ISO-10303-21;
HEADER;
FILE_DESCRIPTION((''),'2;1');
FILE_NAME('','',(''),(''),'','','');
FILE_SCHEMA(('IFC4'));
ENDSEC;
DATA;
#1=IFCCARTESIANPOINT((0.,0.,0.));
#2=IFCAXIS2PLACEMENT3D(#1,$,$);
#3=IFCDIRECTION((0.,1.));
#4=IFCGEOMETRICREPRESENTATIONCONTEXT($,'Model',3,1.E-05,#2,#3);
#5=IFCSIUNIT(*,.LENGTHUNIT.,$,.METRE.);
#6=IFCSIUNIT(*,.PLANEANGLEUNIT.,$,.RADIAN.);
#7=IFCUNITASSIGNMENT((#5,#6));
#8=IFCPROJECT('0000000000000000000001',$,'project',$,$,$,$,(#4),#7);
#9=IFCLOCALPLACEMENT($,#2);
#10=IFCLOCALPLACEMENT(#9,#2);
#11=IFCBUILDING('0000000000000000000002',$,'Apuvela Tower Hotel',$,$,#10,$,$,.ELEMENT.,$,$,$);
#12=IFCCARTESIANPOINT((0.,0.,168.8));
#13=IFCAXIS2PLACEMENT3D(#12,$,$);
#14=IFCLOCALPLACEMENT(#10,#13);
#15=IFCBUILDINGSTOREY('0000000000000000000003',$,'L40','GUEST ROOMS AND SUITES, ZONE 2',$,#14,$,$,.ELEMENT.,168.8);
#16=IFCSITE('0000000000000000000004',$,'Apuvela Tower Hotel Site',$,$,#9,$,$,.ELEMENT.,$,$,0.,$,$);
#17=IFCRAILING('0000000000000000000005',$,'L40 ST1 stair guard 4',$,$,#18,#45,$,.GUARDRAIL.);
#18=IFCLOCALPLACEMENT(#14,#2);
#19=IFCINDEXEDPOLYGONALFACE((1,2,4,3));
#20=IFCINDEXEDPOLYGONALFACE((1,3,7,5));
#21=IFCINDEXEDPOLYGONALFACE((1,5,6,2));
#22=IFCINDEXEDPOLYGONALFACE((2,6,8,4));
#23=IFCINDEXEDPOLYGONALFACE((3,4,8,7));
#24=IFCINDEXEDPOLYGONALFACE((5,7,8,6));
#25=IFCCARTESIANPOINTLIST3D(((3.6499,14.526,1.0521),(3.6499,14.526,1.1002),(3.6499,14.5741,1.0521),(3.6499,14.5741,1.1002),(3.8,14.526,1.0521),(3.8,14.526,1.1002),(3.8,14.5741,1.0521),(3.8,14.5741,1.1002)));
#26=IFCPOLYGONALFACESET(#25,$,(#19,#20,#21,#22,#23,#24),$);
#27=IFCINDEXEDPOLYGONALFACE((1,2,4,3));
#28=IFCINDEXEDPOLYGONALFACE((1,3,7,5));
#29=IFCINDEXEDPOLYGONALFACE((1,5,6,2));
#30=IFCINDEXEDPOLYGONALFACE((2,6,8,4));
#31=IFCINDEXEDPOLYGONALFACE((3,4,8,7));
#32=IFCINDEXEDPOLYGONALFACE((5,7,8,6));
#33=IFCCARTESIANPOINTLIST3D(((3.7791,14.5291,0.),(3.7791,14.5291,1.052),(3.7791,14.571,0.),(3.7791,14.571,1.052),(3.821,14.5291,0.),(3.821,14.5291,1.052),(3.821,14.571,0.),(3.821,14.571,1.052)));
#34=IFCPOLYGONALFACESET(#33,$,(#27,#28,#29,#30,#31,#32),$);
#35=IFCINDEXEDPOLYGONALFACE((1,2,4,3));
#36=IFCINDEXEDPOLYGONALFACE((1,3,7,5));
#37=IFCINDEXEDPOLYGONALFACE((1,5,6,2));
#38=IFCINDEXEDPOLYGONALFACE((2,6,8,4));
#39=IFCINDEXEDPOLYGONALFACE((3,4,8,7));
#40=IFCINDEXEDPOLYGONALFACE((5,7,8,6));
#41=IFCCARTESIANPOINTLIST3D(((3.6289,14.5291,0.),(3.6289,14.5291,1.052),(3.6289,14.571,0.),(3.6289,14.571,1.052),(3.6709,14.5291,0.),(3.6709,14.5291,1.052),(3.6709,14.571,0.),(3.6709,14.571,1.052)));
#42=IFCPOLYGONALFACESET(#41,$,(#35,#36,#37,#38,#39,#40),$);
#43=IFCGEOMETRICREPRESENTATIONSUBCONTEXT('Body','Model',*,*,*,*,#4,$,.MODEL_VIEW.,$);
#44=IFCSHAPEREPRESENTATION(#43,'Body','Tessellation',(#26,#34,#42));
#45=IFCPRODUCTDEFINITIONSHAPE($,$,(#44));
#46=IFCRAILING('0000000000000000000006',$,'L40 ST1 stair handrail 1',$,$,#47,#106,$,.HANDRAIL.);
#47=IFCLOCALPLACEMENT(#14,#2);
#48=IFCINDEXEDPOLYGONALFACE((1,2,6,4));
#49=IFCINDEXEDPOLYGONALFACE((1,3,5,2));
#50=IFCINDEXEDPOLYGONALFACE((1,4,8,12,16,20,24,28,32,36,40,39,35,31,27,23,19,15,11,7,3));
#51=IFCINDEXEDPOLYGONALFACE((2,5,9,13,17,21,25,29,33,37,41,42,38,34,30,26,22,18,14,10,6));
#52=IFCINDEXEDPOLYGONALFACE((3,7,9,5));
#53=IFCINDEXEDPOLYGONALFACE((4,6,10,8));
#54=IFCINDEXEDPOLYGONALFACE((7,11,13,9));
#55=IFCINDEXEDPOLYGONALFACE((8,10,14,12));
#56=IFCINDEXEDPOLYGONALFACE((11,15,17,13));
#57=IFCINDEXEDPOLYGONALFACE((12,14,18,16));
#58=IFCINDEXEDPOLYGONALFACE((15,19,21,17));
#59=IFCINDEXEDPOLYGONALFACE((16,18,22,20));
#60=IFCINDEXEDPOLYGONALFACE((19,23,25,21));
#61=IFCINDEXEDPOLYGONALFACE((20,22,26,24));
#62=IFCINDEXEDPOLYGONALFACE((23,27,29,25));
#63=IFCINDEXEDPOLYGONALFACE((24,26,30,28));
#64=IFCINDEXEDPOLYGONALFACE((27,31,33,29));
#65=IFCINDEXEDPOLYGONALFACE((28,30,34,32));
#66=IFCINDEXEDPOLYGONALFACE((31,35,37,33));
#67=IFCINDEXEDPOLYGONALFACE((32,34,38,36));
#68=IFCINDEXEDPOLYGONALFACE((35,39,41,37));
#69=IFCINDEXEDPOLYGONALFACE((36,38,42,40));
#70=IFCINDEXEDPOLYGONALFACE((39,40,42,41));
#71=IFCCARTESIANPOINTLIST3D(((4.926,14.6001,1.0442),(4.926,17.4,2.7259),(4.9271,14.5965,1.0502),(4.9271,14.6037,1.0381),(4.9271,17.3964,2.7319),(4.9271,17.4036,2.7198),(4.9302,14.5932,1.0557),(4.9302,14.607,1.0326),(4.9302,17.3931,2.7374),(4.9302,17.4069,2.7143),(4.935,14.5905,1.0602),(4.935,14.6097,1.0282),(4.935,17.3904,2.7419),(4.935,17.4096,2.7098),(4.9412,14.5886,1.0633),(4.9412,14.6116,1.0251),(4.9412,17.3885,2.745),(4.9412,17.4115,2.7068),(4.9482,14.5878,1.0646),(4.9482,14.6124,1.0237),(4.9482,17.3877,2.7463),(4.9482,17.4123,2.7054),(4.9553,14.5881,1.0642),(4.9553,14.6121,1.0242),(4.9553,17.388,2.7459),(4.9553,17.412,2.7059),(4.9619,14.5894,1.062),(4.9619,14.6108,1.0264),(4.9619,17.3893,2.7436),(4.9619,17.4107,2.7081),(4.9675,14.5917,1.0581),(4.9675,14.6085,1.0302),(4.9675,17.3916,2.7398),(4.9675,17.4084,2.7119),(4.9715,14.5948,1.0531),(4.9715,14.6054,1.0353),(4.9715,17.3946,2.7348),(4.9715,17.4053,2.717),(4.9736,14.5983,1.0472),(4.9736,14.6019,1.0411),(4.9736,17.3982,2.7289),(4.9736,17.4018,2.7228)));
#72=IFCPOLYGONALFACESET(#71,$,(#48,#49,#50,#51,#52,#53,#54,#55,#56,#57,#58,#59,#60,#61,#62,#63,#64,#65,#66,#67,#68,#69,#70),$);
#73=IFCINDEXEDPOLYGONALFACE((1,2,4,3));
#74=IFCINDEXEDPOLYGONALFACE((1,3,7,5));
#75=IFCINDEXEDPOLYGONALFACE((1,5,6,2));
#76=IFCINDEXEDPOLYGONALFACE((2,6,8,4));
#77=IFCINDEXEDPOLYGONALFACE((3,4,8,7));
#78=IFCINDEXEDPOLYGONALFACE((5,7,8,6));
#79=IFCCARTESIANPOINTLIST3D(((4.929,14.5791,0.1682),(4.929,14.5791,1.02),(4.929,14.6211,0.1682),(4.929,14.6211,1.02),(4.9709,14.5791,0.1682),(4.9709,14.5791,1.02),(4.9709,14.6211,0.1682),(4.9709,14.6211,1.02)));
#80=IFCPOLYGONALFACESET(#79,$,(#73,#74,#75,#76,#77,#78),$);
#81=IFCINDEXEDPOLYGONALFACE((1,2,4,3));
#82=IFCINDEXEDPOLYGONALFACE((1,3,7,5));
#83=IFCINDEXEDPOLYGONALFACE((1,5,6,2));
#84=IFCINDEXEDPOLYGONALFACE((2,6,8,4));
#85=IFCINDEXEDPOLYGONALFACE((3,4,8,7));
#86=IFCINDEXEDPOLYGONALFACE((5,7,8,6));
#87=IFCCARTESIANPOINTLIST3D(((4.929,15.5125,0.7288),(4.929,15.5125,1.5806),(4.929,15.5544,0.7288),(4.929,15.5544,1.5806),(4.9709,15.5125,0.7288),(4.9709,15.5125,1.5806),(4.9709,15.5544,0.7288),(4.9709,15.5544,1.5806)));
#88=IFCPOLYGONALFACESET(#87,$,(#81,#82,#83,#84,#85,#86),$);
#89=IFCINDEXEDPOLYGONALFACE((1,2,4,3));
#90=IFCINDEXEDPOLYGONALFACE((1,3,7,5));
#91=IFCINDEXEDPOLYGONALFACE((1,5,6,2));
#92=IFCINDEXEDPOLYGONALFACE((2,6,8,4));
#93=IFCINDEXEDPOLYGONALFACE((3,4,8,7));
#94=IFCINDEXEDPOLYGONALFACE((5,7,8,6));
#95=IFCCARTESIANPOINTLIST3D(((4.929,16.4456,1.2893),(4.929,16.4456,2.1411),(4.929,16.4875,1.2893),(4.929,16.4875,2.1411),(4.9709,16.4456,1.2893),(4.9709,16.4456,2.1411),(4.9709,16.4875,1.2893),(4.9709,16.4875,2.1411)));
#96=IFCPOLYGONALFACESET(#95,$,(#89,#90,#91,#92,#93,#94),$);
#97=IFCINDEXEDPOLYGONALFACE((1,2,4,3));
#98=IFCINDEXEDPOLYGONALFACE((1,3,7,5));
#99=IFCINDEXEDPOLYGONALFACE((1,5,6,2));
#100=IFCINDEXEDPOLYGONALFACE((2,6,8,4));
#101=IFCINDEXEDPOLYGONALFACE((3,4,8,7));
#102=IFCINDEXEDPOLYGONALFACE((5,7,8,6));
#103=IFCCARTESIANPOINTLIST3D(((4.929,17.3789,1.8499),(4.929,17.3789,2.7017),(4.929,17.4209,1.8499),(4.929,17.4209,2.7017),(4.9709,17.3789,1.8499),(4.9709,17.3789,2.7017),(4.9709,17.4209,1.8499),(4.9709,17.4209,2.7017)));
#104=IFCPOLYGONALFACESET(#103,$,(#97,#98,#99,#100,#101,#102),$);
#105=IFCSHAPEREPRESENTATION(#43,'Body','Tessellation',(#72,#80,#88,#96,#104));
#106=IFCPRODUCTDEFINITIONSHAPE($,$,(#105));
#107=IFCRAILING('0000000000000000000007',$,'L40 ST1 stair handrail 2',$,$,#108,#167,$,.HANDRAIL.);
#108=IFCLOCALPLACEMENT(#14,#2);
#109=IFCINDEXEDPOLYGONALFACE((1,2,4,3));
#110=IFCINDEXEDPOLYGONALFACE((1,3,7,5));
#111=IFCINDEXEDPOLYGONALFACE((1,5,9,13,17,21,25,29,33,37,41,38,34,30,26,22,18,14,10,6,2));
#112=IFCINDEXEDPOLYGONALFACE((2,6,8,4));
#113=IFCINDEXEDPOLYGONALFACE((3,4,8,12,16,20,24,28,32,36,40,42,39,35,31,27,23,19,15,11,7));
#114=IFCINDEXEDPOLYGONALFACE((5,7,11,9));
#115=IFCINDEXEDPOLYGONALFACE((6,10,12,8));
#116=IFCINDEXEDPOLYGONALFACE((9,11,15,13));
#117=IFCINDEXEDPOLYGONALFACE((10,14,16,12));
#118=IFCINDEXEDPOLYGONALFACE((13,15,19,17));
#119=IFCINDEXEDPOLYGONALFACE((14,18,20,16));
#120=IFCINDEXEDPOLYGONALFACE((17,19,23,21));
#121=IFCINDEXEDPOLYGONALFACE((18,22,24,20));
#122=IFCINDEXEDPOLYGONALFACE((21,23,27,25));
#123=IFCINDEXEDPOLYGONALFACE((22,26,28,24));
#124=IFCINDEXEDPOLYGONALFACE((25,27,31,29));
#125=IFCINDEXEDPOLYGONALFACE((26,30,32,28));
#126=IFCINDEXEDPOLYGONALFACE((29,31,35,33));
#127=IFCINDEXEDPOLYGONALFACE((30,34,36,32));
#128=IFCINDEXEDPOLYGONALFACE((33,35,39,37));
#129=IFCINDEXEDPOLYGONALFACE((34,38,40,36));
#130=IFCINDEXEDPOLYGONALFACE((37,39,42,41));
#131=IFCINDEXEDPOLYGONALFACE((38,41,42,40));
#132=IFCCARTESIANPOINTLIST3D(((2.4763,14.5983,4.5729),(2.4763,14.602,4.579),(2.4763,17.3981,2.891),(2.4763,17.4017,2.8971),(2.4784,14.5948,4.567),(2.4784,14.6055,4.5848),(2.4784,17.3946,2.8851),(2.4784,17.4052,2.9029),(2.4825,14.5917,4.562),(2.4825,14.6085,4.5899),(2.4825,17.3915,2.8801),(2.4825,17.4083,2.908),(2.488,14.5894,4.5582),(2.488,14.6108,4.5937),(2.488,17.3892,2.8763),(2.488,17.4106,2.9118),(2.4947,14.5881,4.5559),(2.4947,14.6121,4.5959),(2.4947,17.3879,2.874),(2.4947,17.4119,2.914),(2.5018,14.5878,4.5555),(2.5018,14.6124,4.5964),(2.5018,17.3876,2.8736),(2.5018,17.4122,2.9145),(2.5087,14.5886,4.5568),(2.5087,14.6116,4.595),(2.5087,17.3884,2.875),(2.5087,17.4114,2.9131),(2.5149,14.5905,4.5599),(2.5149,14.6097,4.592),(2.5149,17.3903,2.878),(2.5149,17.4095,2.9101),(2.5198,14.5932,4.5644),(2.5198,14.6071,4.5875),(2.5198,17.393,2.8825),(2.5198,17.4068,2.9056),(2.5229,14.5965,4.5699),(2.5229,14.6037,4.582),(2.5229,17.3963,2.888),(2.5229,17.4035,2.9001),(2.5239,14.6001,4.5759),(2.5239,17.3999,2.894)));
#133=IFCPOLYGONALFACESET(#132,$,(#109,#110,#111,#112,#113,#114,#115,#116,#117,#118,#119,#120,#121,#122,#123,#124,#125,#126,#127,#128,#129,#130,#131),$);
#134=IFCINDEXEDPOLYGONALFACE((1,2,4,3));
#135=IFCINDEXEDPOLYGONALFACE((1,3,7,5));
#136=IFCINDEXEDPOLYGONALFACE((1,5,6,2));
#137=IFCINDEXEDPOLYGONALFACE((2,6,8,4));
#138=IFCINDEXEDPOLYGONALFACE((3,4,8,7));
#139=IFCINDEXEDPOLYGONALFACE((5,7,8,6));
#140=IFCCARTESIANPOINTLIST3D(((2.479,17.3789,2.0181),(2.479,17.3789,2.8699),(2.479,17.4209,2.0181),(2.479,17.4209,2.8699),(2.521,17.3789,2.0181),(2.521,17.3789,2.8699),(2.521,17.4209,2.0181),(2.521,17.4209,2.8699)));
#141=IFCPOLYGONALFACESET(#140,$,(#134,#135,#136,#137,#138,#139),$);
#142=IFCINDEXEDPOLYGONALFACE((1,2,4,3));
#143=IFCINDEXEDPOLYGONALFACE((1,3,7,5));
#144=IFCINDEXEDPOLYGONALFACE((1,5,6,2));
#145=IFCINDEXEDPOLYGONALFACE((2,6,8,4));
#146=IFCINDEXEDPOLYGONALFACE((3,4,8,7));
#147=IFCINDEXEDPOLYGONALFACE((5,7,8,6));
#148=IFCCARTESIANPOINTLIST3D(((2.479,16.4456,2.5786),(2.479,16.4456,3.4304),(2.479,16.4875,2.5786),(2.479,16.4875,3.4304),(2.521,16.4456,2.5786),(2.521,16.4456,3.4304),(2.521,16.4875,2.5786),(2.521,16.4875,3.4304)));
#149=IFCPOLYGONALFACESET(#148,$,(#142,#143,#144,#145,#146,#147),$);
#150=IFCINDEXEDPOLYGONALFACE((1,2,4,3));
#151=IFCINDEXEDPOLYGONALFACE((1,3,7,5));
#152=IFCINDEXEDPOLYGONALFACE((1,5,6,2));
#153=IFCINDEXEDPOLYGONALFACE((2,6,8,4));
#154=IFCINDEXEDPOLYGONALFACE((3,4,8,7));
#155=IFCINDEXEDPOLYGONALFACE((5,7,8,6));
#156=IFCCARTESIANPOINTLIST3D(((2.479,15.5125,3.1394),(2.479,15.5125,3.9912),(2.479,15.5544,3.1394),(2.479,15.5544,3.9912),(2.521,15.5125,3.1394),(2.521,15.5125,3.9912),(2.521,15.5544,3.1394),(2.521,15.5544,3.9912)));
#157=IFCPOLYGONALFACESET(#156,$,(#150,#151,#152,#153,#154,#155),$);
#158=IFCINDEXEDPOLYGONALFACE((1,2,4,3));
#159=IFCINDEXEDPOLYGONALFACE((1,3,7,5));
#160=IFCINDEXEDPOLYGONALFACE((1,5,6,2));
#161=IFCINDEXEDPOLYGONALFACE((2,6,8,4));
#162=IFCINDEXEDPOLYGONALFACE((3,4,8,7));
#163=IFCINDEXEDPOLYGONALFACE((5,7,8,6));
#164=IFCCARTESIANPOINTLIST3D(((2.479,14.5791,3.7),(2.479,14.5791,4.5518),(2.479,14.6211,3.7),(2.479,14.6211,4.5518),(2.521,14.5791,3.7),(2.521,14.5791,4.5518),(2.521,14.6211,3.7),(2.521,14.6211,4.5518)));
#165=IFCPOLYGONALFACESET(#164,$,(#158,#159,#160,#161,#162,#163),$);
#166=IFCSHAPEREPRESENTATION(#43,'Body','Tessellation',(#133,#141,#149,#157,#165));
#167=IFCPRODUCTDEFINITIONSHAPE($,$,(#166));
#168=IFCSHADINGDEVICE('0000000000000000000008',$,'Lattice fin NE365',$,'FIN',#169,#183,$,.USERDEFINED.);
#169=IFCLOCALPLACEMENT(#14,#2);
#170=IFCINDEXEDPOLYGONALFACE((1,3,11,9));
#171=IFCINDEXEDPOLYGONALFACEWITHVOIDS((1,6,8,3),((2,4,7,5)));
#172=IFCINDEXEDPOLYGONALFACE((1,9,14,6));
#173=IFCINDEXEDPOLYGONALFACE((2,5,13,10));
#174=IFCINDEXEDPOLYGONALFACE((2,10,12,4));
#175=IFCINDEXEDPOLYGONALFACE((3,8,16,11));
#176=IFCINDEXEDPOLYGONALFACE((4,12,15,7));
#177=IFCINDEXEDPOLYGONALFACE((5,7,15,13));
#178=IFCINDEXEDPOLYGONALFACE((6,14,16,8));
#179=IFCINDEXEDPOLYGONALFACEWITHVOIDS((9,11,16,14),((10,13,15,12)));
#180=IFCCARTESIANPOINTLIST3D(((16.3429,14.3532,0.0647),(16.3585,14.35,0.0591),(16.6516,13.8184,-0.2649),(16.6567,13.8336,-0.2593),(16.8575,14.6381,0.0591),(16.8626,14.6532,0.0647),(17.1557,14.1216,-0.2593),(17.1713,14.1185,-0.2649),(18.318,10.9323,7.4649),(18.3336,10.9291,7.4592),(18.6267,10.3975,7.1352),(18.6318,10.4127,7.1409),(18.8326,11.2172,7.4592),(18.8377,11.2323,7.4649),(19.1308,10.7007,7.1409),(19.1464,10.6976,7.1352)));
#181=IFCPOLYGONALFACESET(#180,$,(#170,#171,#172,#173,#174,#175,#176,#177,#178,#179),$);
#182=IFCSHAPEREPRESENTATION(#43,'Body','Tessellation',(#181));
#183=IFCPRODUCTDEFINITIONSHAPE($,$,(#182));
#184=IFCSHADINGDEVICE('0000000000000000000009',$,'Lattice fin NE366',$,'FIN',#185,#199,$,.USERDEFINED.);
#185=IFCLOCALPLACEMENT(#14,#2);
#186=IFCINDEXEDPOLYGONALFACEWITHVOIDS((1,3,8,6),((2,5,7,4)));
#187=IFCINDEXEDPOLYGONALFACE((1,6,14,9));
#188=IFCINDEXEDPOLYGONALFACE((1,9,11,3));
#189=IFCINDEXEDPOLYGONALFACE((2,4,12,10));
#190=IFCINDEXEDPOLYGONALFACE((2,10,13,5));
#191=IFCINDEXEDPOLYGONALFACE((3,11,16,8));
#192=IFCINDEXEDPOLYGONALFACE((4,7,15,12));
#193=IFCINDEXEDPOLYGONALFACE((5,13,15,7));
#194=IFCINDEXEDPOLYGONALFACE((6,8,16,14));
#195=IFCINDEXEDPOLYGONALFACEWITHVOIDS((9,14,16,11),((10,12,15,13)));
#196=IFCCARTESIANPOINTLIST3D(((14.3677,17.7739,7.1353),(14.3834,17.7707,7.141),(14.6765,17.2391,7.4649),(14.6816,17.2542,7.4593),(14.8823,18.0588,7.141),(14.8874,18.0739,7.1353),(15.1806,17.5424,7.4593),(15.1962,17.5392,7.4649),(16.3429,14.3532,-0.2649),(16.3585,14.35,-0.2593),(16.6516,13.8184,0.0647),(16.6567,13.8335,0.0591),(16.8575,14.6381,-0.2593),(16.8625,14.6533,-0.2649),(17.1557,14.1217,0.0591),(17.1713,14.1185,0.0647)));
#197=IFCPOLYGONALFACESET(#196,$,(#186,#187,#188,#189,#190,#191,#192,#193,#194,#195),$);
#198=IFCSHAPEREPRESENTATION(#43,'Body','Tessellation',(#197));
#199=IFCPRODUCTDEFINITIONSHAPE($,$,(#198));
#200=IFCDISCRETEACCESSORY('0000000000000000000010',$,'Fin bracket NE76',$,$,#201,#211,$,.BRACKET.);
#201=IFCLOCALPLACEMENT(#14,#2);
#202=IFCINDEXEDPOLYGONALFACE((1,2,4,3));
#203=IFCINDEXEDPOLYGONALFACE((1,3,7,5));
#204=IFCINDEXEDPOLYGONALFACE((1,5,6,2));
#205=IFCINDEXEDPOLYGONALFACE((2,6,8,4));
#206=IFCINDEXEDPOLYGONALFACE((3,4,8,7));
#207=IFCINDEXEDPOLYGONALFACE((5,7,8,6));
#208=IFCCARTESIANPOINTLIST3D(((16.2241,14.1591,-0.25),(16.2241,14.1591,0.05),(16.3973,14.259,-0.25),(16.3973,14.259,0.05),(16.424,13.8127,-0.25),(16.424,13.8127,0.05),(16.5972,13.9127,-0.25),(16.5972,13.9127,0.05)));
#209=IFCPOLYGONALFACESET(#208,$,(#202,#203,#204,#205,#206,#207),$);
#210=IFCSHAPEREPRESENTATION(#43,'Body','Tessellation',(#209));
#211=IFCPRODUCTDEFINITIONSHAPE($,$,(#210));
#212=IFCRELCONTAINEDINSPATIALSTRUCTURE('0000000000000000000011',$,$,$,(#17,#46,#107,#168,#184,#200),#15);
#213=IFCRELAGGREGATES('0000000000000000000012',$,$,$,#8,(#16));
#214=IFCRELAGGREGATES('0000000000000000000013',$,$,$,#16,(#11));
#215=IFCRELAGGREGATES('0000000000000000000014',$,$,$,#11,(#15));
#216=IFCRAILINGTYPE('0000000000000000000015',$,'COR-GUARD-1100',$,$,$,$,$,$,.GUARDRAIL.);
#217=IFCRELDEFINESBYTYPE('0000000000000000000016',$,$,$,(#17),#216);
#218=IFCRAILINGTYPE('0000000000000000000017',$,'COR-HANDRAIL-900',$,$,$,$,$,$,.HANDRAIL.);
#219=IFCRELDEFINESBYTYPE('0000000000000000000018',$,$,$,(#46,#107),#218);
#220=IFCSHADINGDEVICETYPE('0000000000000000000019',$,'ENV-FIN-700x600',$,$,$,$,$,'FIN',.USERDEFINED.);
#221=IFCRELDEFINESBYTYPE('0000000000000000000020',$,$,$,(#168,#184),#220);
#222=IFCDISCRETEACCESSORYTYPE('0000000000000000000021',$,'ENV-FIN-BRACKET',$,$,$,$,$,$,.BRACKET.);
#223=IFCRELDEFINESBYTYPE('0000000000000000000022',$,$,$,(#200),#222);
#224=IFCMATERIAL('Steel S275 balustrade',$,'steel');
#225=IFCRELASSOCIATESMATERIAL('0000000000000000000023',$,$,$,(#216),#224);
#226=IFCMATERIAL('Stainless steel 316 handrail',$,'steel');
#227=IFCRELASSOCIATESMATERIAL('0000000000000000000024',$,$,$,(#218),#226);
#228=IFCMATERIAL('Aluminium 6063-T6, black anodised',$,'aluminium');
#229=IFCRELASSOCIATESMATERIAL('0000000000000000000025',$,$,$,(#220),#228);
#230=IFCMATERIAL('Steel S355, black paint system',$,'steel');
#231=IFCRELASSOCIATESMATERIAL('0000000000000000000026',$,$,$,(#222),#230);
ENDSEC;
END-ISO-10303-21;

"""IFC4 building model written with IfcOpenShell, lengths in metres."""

from ifc_helpers import new_model, si_unit, direction, frame, origin, origin_2d, place, context, subcontext, project, spatial, rectangle, hollow_rectangle, circle, extrude, material, material_profile, profile_set, type_object, element, save


model = new_model("IFC4")

# Units and contexts
model_context = context("Model", 3, precision=1e-05, world=origin(), true_north=direction((0.0, 1.0)))
body_context = subcontext(model_context, "Body", "Model", "MODEL_VIEW")
ifc_project = project(units=[si_unit("LENGTHUNIT", "METRE"), si_unit("PLANEANGLEUNIT", "RADIAN")], contexts=[model_context])

# Site, building, storey
site_placement = place(None, origin())
site = spatial("IfcSite", under=ifc_project, at=site_placement, Name="Apuvela Tower Hotel Site", CompositionType="ELEMENT", RefElevation=0.0)
building_placement = place(site_placement, origin())
building = spatial("IfcBuilding", under=site, at=building_placement, Name="Apuvela Tower Hotel", CompositionType="ELEMENT")
storey_placement = place(building_placement, frame((0.0, 0.0, 168.8)))
storey = spatial("IfcBuildingStorey", under=building, at=storey_placement, Name="L40", Description="GUEST ROOMS AND SUITES, ZONE 2", CompositionType="ELEMENT", Elevation=168.8)

# Railings
ifc_material_1 = material(Name="Steel S275 balustrade", Category="steel")
railing_type_1 = type_object("IfcRailingType", Name="COR-GUARD-1100", PredefinedType="GUARDRAIL", material=ifc_material_1)
railing_1_placement = place(storey_placement, frame((3.8, 14.55, 0.0)))
element("IfcRailing", 1, at=railing_1_placement, inside=storey, type_object=railing_type_1, Name="L40 ST1 stair guard 4", PredefinedType="GUARDRAIL", context=body_context, shape_type="SweptSolid", body=[
    extrude(rectangle(XDim=0.0481, YDim=0.0481, at=origin_2d()), frame((0.0, 0.0, 1.0762), z_axis=(-1.0, 0.0, 0.0), x_axis=(0.0, -1.0, 0.0)), (0.0, 0.0, 1.0), 0.1501),
    extrude(rectangle(XDim=0.042, YDim=0.042, at=origin_2d()), origin(), (0.0, 0.0, 1.0), 1.052),
    extrude(rectangle(XDim=0.042, YDim=0.042, at=origin_2d()), frame((-0.1501, 0.0, 0.0)), (0.0, 0.0, 1.0), 1.052),
])
ifc_material_2 = material(Name="Stainless steel 316 handrail", Category="steel")
railing_type_2 = type_object("IfcRailingType", Name="COR-HANDRAIL-900", PredefinedType="HANDRAIL", material=ifc_material_2)
railing_2_placement = place(storey_placement, frame((4.95, 14.6001, 0.1682)))
element("IfcRailing", 2, at=railing_2_placement, inside=storey, type_object=railing_type_2, Name="L40 ST1 stair handrail 1", PredefinedType="HANDRAIL", context=body_context, shape_type="SweptSolid", body=[
    extrude(circle(Radius=0.0239, at=origin_2d()), frame((0.0, 0.0, 0.876), z_axis=(0.0, 0.857255, 0.514891), x_axis=(-1.0, 0.0, 0.0)), (0.0, 0.0, 1.0), 3.2661),
    extrude(rectangle(XDim=0.042, YDim=0.042, at=origin_2d()), origin(), (0.0, 0.0, 1.0), 0.8518),
    extrude(rectangle(XDim=0.042, YDim=0.042, at=origin_2d()), frame((0.0, 0.9333, 0.5605)), (0.0, 0.0, 1.0), 0.8518),
    extrude(rectangle(XDim=0.042, YDim=0.042, at=origin_2d()), frame((0.0, 1.8665, 1.1211)), (0.0, 0.0, 1.0), 0.8518),
    extrude(rectangle(XDim=0.042, YDim=0.042, at=origin_2d()), frame((0.0, 2.7998, 1.6816)), (0.0, 0.0, 1.0), 0.8518),
])
railing_3_placement = place(storey_placement, frame((2.5, 17.3999, 2.0181)))
element("IfcRailing", 3, at=railing_3_placement, inside=storey, type_object=railing_type_2, Name="L40 ST1 stair handrail 2", PredefinedType="HANDRAIL", context=body_context, shape_type="SweptSolid", body=[
    extrude(circle(Radius=0.0239, at=origin_2d()), frame((0.0, 0.0, 0.876), z_axis=(0.0, -0.857222, 0.514946), x_axis=(1.0, 0.0, 0.0)), (0.0, 0.0, 1.0), 3.2661),
    extrude(rectangle(XDim=0.042, YDim=0.042, at=origin_2d()), origin(), (0.0, 0.0, 1.0), 0.8518),
    extrude(rectangle(XDim=0.042, YDim=0.042, at=origin_2d()), frame((0.0, -0.9333, 0.5605)), (0.0, 0.0, 1.0), 0.8518),
    extrude(rectangle(XDim=0.042, YDim=0.042, at=origin_2d()), frame((0.0, -1.8665, 1.1213)), (0.0, 0.0, 1.0), 0.8518),
    extrude(rectangle(XDim=0.042, YDim=0.042, at=origin_2d()), frame((0.0, -2.7998, 1.6819)), (0.0, 0.0, 1.0), 0.8518),
])

# Shading devices
ifc_material_3 = material(Name="Aluminium 6063-T6, black anodised", Category="aluminium")
ifc_material_profile_1 = material_profile(ifc_material_3, hollow_rectangle(XDim=0.6001, YDim=0.7, WallThickness=0.012, at=origin_2d()), Name="AL BOX 700x600x12")
ifc_profile_set_1 = profile_set([ifc_material_profile_1], Name="Aluminium 6063-T6, black anodised")
shading_device_type = type_object("IfcShadingDeviceType", Name="ENV-FIN-700x600", ElementType="FIN", PredefinedType="USERDEFINED", material=ifc_profile_set_1)
for number, where, z_axis, x_axis, name in (
    (4, (16.7571, 14.2358, -0.1001), (0.235455, -0.407812, 0.882185), (0.866021, 0.500008, 0.0), "Lattice fin NE365"),
    (5, (16.7571, 14.2358, -0.1001), (-0.235458, 0.407787, 0.882196), (-0.866005, -0.500035, 0.0), "Lattice fin NE366"),
):
    element("IfcShadingDevice", number, at=place(storey_placement, frame(where, z_axis=z_axis, x_axis=x_axis)), inside=storey, type_object=shading_device_type, Name=name, ObjectType="FIN", PredefinedType="USERDEFINED", context=body_context, shape_type="SweptSolid", body=[
        extrude(hollow_rectangle(XDim=0.6001, YDim=0.7, WallThickness=0.012, at=origin_2d()), origin(), (0.0, 0.0, 1.0), 8.3884),
    ])

# Discrete accessory
ifc_material_4 = material(Name="Steel S355, black paint system", Category="steel")
discrete_accessory_type = type_object("IfcDiscreteAccessoryType", Name="ENV-FIN-BRACKET", PredefinedType="BRACKET", material=ifc_material_4)
discrete_accessory_placement = place(storey_placement, frame((16.4106, 14.0359, -0.25), z_axis=(0.0, 0.0, 1.0), x_axis=(-0.5, 0.866025, 0.0)))
element("IfcDiscreteAccessory", 6, at=discrete_accessory_placement, inside=storey, type_object=discrete_accessory_type, Name="Fin bracket NE76", PredefinedType="BRACKET", context=body_context, shape_type="SweptSolid", body=[
    extrude(rectangle(XDim=0.3999, YDim=0.2, at=origin_2d()), origin(), (0.0, 0.0, 1.0), 0.3),
])

save(model, "model.ifc")
